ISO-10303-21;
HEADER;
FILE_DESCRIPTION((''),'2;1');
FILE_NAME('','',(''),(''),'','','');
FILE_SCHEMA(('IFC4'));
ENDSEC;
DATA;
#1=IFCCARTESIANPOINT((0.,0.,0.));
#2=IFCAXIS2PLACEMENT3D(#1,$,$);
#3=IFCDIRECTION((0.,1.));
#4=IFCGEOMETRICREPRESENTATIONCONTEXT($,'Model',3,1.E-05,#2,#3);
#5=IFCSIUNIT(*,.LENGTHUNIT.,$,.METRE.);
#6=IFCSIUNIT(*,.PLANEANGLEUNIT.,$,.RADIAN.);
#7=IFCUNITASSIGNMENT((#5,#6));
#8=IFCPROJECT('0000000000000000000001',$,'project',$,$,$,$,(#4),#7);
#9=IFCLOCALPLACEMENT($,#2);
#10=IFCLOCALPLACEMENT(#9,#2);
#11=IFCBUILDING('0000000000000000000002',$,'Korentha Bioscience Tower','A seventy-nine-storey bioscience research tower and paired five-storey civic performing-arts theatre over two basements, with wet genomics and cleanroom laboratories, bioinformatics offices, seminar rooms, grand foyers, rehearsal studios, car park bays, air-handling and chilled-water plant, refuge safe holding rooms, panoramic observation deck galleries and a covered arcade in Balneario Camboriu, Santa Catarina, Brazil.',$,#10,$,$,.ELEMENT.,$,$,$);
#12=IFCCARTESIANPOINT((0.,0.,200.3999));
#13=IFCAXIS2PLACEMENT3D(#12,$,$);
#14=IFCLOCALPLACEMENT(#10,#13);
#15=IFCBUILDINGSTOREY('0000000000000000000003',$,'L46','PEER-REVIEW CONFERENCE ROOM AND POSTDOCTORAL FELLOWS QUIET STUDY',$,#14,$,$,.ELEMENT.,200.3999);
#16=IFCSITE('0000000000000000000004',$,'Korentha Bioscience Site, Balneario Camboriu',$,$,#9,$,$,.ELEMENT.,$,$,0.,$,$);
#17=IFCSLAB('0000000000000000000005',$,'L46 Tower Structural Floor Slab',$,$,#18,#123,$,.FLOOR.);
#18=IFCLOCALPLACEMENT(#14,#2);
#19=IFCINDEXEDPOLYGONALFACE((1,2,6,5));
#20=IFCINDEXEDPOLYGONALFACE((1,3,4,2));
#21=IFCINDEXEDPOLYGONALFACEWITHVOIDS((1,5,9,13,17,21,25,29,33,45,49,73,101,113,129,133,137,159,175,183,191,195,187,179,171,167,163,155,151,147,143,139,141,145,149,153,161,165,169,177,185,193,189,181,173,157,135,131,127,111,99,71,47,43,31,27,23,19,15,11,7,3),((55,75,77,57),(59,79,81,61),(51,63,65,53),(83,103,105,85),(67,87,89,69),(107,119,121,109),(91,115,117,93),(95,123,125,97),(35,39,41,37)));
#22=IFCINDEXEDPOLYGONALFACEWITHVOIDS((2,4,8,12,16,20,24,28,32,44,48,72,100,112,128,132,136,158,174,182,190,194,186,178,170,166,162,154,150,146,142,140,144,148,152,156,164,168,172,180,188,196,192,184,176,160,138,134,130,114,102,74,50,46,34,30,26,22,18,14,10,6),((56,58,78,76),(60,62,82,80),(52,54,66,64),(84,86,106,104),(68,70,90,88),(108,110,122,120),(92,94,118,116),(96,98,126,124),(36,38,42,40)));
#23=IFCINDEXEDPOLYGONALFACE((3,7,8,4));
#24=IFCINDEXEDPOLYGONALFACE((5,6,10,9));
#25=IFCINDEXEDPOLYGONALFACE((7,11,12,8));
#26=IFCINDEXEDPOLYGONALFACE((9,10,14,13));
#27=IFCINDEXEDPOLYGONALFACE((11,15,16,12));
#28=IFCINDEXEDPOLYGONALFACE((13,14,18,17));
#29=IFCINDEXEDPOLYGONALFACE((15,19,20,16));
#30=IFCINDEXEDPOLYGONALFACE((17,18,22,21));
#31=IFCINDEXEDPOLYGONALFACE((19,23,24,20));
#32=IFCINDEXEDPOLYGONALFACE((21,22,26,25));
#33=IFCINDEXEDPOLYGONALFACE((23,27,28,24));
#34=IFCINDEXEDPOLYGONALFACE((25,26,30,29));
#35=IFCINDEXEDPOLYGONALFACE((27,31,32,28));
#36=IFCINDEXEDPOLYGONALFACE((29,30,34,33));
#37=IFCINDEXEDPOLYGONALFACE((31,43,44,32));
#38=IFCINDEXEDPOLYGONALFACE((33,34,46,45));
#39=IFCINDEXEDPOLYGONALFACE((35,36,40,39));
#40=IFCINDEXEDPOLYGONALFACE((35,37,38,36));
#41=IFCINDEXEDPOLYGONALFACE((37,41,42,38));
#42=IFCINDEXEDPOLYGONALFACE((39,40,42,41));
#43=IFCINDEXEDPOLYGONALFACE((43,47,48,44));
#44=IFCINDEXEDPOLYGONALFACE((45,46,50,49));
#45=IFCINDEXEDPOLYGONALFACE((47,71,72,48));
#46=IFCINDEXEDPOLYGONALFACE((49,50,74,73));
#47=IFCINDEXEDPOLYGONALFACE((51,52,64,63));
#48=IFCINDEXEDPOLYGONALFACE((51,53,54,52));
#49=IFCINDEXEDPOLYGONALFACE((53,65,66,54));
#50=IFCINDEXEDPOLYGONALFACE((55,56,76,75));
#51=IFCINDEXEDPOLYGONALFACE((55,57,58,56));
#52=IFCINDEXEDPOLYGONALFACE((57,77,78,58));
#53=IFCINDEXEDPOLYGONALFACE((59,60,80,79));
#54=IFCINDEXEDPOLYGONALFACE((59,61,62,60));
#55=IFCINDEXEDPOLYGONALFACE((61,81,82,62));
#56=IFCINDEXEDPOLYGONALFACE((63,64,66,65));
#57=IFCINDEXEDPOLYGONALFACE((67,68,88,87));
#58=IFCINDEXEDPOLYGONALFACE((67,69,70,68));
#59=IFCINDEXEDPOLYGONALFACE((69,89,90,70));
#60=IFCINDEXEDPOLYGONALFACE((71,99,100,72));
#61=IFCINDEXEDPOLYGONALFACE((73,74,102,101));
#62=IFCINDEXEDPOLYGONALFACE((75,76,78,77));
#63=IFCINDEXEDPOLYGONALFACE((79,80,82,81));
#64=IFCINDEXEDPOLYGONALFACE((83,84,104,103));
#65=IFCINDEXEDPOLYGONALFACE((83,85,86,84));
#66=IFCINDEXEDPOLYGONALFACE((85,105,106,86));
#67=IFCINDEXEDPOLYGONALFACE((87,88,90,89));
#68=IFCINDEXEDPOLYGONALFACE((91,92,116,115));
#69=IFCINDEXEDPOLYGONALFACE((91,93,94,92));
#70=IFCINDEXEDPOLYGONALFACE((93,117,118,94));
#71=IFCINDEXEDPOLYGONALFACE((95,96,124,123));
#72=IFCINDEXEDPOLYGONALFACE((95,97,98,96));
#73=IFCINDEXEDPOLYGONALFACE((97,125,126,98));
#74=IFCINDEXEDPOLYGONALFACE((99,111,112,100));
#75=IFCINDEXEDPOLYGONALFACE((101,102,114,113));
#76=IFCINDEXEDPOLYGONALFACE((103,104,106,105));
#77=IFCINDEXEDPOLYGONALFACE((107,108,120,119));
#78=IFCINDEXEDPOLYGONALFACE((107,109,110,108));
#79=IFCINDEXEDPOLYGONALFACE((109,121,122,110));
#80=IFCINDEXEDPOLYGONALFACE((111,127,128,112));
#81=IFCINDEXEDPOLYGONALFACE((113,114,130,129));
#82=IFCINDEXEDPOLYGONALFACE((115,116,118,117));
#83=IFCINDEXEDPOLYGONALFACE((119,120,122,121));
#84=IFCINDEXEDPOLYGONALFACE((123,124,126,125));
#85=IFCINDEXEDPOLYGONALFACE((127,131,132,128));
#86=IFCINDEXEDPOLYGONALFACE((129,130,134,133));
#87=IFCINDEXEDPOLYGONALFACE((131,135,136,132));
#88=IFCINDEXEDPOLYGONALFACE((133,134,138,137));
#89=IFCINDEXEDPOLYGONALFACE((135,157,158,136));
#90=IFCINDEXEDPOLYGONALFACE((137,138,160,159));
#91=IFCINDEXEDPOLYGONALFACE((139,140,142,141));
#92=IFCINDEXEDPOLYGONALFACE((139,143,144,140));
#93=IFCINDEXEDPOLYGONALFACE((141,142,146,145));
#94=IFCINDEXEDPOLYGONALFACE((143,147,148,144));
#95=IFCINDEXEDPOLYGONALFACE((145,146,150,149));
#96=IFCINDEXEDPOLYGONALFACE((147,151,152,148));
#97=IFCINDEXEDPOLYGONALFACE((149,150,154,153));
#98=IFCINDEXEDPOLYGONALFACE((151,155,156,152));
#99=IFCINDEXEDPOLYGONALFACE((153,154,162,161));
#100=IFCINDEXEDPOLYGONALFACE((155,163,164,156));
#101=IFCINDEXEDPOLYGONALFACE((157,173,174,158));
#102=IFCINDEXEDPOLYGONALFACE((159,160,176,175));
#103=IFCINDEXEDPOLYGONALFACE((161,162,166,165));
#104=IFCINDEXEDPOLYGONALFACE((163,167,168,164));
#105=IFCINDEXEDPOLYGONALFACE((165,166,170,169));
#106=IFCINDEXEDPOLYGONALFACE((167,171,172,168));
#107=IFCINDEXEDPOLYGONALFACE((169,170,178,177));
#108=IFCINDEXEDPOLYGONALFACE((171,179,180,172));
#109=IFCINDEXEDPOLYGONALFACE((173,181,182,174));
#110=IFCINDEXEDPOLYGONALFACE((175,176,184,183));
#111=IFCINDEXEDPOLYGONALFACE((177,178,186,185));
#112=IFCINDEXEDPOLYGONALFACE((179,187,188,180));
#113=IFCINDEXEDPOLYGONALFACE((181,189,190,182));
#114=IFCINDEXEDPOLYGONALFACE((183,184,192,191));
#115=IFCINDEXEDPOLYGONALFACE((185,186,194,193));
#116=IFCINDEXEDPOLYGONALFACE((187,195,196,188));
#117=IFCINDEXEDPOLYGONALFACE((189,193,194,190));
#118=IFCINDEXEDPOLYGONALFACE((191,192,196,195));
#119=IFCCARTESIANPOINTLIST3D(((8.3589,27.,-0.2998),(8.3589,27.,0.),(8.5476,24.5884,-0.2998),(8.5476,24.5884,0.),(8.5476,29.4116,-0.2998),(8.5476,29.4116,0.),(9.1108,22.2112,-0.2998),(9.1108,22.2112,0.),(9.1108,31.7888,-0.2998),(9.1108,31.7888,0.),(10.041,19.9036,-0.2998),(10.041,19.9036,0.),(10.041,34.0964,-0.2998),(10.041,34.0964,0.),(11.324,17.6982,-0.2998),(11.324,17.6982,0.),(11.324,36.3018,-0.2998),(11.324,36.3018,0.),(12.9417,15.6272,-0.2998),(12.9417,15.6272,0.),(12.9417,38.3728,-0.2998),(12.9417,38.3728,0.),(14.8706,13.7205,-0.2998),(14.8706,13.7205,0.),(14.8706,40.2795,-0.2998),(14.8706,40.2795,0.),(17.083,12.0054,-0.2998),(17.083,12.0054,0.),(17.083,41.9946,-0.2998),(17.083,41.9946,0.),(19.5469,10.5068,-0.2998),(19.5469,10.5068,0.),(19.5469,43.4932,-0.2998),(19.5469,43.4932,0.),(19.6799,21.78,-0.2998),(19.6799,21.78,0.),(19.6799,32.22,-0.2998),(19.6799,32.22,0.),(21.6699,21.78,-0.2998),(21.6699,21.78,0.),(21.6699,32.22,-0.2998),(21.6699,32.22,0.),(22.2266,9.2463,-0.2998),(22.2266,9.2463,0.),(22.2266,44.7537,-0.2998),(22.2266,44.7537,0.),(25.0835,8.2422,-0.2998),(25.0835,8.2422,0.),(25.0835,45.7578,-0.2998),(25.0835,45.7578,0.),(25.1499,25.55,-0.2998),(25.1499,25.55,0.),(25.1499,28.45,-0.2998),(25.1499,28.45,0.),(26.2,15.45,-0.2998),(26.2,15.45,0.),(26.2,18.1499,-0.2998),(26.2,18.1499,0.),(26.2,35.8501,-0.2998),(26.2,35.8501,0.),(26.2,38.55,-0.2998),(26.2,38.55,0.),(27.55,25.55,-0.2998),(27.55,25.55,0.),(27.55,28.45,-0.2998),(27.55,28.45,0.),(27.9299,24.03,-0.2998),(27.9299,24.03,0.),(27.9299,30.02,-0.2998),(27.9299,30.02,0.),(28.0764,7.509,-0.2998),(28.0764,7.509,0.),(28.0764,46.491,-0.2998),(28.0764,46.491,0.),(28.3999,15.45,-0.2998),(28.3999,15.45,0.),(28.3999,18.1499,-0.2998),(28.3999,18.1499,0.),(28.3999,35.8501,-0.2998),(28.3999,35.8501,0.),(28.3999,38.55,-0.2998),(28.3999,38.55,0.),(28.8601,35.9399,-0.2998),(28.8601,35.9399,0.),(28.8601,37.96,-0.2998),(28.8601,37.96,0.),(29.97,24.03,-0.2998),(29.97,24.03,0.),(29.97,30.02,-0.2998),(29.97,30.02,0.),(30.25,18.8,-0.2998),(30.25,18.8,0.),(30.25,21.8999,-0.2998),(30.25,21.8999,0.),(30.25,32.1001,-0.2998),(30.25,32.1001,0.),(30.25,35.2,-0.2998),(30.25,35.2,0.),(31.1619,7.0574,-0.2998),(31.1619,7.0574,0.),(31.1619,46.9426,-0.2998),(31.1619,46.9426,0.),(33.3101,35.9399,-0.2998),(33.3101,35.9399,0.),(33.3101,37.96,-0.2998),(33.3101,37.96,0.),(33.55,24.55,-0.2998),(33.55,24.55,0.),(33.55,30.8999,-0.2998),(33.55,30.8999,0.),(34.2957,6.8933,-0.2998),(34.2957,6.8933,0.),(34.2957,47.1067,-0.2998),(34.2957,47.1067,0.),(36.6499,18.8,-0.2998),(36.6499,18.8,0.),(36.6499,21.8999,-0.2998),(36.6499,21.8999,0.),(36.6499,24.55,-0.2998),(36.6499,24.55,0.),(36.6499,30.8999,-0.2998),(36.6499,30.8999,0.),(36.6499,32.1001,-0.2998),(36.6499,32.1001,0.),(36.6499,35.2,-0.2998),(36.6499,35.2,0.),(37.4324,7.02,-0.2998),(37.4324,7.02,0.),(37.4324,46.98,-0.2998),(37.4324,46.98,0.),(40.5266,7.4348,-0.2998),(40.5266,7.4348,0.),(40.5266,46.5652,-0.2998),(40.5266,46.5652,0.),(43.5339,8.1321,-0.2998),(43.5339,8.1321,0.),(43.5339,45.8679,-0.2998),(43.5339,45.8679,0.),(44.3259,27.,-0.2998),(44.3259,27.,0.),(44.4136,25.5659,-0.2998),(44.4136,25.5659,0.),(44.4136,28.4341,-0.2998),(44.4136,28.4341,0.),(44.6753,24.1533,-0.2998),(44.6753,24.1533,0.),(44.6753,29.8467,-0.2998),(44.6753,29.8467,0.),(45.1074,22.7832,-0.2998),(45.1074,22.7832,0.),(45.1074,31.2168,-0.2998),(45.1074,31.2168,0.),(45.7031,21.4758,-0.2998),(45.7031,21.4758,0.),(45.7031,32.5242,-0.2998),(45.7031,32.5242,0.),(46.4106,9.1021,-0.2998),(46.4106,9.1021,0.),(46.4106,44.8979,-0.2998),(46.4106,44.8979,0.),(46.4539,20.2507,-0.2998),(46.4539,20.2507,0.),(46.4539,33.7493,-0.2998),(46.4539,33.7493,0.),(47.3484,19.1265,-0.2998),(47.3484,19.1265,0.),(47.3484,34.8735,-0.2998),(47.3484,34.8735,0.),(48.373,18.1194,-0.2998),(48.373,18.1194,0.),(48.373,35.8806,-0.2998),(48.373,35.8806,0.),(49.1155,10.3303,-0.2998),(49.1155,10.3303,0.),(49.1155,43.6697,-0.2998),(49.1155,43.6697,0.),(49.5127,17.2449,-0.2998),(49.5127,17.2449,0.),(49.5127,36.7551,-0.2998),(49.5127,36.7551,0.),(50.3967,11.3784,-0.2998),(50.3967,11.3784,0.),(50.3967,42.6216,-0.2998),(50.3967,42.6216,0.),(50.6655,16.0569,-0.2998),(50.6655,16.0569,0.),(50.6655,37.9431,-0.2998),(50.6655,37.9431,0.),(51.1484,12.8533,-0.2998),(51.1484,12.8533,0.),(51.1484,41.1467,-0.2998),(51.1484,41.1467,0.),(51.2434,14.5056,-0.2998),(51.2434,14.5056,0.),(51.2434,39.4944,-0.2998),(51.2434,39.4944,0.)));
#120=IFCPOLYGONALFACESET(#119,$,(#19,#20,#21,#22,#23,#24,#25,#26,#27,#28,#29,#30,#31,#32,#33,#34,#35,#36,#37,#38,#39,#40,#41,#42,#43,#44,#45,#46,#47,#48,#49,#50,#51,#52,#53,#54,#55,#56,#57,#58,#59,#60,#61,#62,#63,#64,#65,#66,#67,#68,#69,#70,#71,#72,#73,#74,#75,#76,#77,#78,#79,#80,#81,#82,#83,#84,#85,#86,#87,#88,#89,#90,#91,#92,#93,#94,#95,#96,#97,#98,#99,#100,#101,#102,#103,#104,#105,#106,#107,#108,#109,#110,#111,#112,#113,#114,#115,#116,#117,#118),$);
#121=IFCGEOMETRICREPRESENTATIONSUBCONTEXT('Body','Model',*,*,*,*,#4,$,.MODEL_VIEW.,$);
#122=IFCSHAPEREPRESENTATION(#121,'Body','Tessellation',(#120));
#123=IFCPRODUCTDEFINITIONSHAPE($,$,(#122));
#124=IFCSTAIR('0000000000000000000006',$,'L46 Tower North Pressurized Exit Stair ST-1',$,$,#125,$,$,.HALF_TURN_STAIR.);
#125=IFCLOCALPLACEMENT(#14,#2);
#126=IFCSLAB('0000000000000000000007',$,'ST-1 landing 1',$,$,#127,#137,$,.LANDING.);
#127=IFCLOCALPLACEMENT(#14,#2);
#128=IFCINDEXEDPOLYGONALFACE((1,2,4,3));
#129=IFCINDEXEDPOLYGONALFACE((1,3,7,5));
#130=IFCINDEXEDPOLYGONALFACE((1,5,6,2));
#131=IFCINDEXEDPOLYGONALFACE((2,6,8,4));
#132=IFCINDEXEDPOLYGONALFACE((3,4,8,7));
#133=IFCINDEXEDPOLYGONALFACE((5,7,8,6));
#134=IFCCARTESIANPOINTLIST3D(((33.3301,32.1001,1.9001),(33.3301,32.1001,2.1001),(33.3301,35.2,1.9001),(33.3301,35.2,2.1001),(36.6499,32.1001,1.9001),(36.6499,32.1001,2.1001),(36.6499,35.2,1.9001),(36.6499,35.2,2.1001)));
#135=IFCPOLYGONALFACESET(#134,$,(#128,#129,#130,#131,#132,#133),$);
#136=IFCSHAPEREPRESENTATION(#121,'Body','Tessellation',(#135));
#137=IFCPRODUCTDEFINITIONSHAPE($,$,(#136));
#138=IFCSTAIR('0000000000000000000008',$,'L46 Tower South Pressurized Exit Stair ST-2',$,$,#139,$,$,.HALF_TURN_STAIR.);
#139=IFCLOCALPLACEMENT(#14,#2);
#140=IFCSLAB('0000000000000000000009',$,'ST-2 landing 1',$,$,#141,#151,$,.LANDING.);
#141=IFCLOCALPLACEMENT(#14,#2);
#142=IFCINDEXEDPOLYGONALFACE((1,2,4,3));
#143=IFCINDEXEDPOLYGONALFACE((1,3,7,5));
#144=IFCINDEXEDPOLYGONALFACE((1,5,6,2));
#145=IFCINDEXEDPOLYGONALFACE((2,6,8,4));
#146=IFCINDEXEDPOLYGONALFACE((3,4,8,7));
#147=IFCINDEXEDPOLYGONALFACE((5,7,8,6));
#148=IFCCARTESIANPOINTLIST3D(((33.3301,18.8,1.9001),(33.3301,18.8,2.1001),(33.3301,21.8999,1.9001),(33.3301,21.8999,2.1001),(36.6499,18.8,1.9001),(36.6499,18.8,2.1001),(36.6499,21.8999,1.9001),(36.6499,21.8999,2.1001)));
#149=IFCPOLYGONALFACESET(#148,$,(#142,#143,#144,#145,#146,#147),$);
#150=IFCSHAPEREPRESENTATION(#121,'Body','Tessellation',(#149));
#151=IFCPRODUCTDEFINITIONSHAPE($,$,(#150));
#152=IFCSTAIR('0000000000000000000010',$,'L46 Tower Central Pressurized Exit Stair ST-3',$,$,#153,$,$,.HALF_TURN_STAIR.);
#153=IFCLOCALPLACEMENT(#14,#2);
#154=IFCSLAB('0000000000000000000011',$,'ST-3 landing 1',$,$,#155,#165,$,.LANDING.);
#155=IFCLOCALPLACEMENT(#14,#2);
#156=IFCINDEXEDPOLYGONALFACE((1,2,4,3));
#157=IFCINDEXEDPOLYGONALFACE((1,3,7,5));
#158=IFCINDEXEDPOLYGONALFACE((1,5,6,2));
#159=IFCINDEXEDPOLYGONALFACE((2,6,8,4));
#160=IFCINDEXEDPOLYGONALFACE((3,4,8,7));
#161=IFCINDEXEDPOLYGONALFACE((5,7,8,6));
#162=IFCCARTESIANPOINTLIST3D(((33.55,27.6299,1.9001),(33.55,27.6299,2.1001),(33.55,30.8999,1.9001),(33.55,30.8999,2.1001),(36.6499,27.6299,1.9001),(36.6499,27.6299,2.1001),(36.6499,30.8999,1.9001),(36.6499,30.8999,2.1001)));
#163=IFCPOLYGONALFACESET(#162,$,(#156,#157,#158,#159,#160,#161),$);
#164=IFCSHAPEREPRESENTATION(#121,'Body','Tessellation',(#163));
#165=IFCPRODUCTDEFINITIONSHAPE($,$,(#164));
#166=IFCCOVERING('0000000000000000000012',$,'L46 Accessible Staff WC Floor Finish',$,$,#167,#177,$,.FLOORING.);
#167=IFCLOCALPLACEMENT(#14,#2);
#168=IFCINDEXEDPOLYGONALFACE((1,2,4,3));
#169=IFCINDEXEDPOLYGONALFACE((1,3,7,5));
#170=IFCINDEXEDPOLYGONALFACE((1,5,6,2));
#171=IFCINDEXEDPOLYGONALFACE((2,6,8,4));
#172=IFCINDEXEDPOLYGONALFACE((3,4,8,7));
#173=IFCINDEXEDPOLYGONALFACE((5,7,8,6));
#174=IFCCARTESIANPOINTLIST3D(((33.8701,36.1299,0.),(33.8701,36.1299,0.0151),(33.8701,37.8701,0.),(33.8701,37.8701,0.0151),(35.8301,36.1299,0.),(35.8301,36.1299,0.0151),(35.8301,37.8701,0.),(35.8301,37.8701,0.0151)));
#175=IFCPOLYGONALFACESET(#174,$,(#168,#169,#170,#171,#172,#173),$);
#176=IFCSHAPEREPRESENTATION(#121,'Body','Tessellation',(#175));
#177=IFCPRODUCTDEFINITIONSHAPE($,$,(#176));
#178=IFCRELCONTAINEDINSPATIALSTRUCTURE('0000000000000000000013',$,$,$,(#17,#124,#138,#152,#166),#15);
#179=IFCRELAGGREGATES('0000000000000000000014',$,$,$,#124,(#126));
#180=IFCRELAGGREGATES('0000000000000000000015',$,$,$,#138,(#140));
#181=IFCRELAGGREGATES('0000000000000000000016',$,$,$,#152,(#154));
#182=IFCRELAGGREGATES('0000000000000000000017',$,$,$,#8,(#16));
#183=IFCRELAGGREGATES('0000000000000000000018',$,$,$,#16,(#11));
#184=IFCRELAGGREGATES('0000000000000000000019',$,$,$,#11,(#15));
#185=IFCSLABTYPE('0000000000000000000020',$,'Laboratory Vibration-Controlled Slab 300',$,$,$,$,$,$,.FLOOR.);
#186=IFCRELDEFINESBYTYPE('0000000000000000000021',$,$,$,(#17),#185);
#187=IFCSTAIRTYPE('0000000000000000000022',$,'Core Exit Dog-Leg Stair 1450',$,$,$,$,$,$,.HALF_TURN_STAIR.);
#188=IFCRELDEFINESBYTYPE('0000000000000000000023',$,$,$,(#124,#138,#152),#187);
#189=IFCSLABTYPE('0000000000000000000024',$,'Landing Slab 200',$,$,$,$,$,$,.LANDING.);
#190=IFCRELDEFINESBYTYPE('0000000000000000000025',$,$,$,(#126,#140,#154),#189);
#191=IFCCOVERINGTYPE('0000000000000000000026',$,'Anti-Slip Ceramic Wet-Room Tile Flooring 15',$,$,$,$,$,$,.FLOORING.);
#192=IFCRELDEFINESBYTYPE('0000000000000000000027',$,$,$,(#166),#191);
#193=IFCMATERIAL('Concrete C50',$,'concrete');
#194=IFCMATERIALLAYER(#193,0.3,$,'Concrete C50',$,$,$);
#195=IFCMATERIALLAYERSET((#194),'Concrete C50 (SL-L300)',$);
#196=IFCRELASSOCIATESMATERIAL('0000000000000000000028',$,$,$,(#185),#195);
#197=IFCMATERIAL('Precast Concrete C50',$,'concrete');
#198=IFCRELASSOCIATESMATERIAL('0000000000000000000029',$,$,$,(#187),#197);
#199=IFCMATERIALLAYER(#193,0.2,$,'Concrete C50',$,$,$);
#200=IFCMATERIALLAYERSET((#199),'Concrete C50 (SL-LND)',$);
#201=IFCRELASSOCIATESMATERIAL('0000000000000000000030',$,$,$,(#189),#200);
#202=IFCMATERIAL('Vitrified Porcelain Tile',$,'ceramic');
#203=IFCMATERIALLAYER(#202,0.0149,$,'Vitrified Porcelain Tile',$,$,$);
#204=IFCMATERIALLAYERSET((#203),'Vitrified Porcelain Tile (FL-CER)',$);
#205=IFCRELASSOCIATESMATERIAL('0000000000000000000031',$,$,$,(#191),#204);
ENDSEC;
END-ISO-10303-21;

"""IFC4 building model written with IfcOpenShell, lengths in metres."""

from ifc_helpers import new_model, si_unit, direction, frame, origin, place, context, subcontext, project, spatial, polyline, outline, extrude, material, layer, layer_set, type_object, element, aggregate, save


model = new_model("IFC4")

# Units and contexts
model_context = context("Model", 3, precision=1e-05, world=origin(), true_north=direction((0.0, 1.0)))
body_context = subcontext(model_context, "Body", "Model", "MODEL_VIEW")
ifc_project = project(units=[si_unit("LENGTHUNIT", "METRE"), si_unit("PLANEANGLEUNIT", "RADIAN")], contexts=[model_context])

# Site, building, storey
site_placement = place(None, origin())
site = spatial("IfcSite", under=ifc_project, at=site_placement, Name="Korentha Bioscience Site, Balneario Camboriu", CompositionType="ELEMENT", RefElevation=0.0)
building_placement = place(site_placement, origin())
building = spatial("IfcBuilding", under=site, at=building_placement, Name="Korentha Bioscience Tower", Description="A seventy-nine-storey bioscience research tower and paired five-storey civic performing-arts theatre over two basements, with wet genomics and cleanroom laboratories, bioinformatics offices, seminar rooms, grand foyers, rehearsal studios, car park bays, air-handling and chilled-water plant, refuge safe holding rooms, panoramic observation deck galleries and a covered arcade in Balneario Camboriu, Santa Catarina, Brazil.", CompositionType="ELEMENT")
storey_placement = place(building_placement, frame((0.0, 0.0, 200.3999)))
storey = spatial("IfcBuildingStorey", under=building, at=storey_placement, Name="L46", Description="PEER-REVIEW CONFERENCE ROOM AND POSTDOCTORAL FELLOWS QUIET STUDY", CompositionType="ELEMENT", Elevation=200.3999)

# Slab
ifc_material_1 = material(Name="Concrete C50", Category="concrete")
ifc_layer_1 = layer(ifc_material_1, 0.3, Name="Concrete C50")
ifc_layer_set_1 = layer_set([ifc_layer_1], Name="Concrete C50 (SL-L300)")
slab_type_1 = type_object("IfcSlabType", Name="Laboratory Vibration-Controlled Slab 300", PredefinedType="FLOOR", material=ifc_layer_set_1)
slab_1_placement = place(storey_placement, frame((0.0, 0.0, -0.2998)))
element("IfcSlab", 1, at=slab_1_placement, inside=storey, type_object=slab_type_1, Name="L46 Tower Structural Floor Slab", PredefinedType="FLOOR", context=body_context, shape_type="SweptSolid", body=[
    extrude(outline(polyline([(49.1155, 43.6697), (46.4106, 44.8979), (43.5339, 45.8679), (40.5266, 46.5652), (37.4324, 46.98), (34.2957, 47.1067), (31.1619, 46.9426), (28.0764, 46.491), (25.0835, 45.7578), (22.2266, 44.7537), (19.5469, 43.4932), (17.083, 41.9946), (14.8706, 40.2795), (12.9417, 38.3728), (11.324, 36.3018), (10.041, 34.0964), (9.1108, 31.7888), (8.5476, 29.4116), (8.3589, 27.0), (8.5476, 24.5884), (9.1108, 22.2112), (10.041, 19.9036), (11.324, 17.6982), (12.9417, 15.6272), (14.8706, 13.7205), (17.083, 12.0054), (19.5469, 10.5068), (22.2266, 9.2463), (25.0835, 8.2422), (28.0764, 7.509), (31.1619, 7.0574), (34.2957, 6.8933), (37.4324, 7.02), (40.5266, 7.4348), (43.5339, 8.1321), (46.4106, 9.1021), (49.1155, 10.3303), (50.3967, 11.3784), (51.1484, 12.8533), (51.2434, 14.5056), (50.6655, 16.0569), (49.5127, 17.2449), (48.373, 18.1194), (47.3484, 19.1265), (46.4539, 20.2507), (45.7031, 21.4758), (45.1074, 22.7832), (44.6753, 24.1533), (44.4136, 25.5659), (44.3259, 27.0), (44.4136, 28.4341), (44.6753, 29.8467), (45.1074, 31.2168), (45.7031, 32.5242), (46.4539, 33.7493), (47.3484, 34.8735), (48.373, 35.8806), (49.5127, 36.7551), (50.6655, 37.9431), (51.2434, 39.4944), (51.1484, 41.1467), (50.3967, 42.6216), (49.1155, 43.6697)]), holes=[polyline([(30.25, 32.1001), (36.6499, 32.1001), (36.6499, 35.2), (30.25, 35.2), (30.25, 32.1001)]), polyline([(30.25, 18.8), (36.6499, 18.8), (36.6499, 21.8999), (30.25, 21.8999), (30.25, 18.8)]), polyline([(36.6499, 24.55), (36.6499, 30.8999), (33.55, 30.8999), (33.55, 24.55), (36.6499, 24.55)]), polyline([(19.6799, 21.78), (21.6699, 21.78), (21.6699, 32.22), (19.6799, 32.22), (19.6799, 21.78)]), polyline([(27.9299, 24.03), (29.97, 24.03), (29.97, 30.02), (27.9299, 30.02), (27.9299, 24.03)]), polyline([(28.8601, 35.9399), (33.3101, 35.9399), (33.3101, 37.96), (28.8601, 37.96), (28.8601, 35.9399)]), polyline([(26.2, 15.45), (28.3999, 15.45), (28.3999, 18.1499), (26.2, 18.1499), (26.2, 15.45)]), polyline([(26.2, 35.8501), (28.3999, 35.8501), (28.3999, 38.55), (26.2, 38.55), (26.2, 35.8501)]), polyline([(25.1499, 25.55), (27.55, 25.55), (27.55, 28.45), (25.1499, 28.45), (25.1499, 25.55)])]), origin(), (0.0, 0.0, 1.0), 0.2998),
])

# Stairs, slabs
ifc_material_2 = material(Name="Precast Concrete C50", Category="concrete")
stair_type = type_object("IfcStairType", Name="Core Exit Dog-Leg Stair 1450", PredefinedType="HALF_TURN_STAIR", material=ifc_material_2)
stair_1_placement = place(storey_placement, origin())
stair_1 = element("IfcStair", 2, at=stair_1_placement, inside=storey, type_object=stair_type, Name="L46 Tower North Pressurized Exit Stair ST-1", PredefinedType="HALF_TURN_STAIR")
ifc_layer_2 = layer(ifc_material_1, 0.2, Name="Concrete C50")
ifc_layer_set_2 = layer_set([ifc_layer_2], Name="Concrete C50 (SL-LND)")
slab_type_2 = type_object("IfcSlabType", Name="Landing Slab 200", PredefinedType="LANDING", material=ifc_layer_set_2)
slab_2_placement = place(storey_placement, frame((0.0, 0.0, 1.9001)))
slab_2 = element("IfcSlab", 3, at=slab_2_placement, type_object=slab_type_2, Name="ST-1 landing 1", PredefinedType="LANDING", context=body_context, shape_type="SweptSolid", body=[
    extrude(outline(polyline([(33.3301, 32.1001), (36.6499, 32.1001), (36.6499, 35.2), (33.3301, 35.2), (33.3301, 32.1001)])), origin(), (0.0, 0.0, 1.0), 0.2),
])
aggregate(stair_1, [slab_2])
stair_2_placement = place(storey_placement, origin())
stair_2 = element("IfcStair", 4, at=stair_2_placement, inside=storey, type_object=stair_type, Name="L46 Tower South Pressurized Exit Stair ST-2", PredefinedType="HALF_TURN_STAIR")
slab_3_placement = place(storey_placement, frame((0.0, 0.0, 1.9001)))
slab_3 = element("IfcSlab", 5, at=slab_3_placement, type_object=slab_type_2, Name="ST-2 landing 1", PredefinedType="LANDING", context=body_context, shape_type="SweptSolid", body=[
    extrude(outline(polyline([(33.3301, 18.8), (36.6499, 18.8), (36.6499, 21.8999), (33.3301, 21.8999), (33.3301, 18.8)])), origin(), (0.0, 0.0, 1.0), 0.2),
])
aggregate(stair_2, [slab_3])
stair_3_placement = place(storey_placement, origin())
stair_3 = element("IfcStair", 6, at=stair_3_placement, inside=storey, type_object=stair_type, Name="L46 Tower Central Pressurized Exit Stair ST-3", PredefinedType="HALF_TURN_STAIR")
slab_4_placement = place(storey_placement, frame((0.0, 0.0, 1.9001)))
slab_4 = element("IfcSlab", 7, at=slab_4_placement, type_object=slab_type_2, Name="ST-3 landing 1", PredefinedType="LANDING", context=body_context, shape_type="SweptSolid", body=[
    extrude(outline(polyline([(36.6499, 27.6299), (36.6499, 30.8999), (33.55, 30.8999), (33.55, 27.6299), (36.6499, 27.6299)])), origin(), (0.0, 0.0, 1.0), 0.2),
])
aggregate(stair_3, [slab_4])

# Covering
ifc_material_3 = material(Name="Vitrified Porcelain Tile", Category="ceramic")
ifc_layer_3 = layer(ifc_material_3, 0.0149, Name="Vitrified Porcelain Tile")
ifc_layer_set_3 = layer_set([ifc_layer_3], Name="Vitrified Porcelain Tile (FL-CER)")
covering_type_1 = type_object("IfcCoveringType", Name="Anti-Slip Ceramic Wet-Room Tile Flooring 15", PredefinedType="FLOORING", material=ifc_layer_set_3)
covering_1_placement = place(storey_placement, origin())
element("IfcCovering", 8, at=covering_1_placement, inside=storey, type_object=covering_type_1, Name="L46 Accessible Staff WC Floor Finish", PredefinedType="FLOORING", context=body_context, shape_type="SweptSolid", body=[
    extrude(outline(polyline([(33.8701, 36.1299), (33.8701, 37.8701), (35.8301, 37.8701), (35.8301, 36.1299), (33.8701, 36.1299)])), origin(), (0.0, 0.0, 1.0), 0.0151),
])

save(model, "model.ifc")
